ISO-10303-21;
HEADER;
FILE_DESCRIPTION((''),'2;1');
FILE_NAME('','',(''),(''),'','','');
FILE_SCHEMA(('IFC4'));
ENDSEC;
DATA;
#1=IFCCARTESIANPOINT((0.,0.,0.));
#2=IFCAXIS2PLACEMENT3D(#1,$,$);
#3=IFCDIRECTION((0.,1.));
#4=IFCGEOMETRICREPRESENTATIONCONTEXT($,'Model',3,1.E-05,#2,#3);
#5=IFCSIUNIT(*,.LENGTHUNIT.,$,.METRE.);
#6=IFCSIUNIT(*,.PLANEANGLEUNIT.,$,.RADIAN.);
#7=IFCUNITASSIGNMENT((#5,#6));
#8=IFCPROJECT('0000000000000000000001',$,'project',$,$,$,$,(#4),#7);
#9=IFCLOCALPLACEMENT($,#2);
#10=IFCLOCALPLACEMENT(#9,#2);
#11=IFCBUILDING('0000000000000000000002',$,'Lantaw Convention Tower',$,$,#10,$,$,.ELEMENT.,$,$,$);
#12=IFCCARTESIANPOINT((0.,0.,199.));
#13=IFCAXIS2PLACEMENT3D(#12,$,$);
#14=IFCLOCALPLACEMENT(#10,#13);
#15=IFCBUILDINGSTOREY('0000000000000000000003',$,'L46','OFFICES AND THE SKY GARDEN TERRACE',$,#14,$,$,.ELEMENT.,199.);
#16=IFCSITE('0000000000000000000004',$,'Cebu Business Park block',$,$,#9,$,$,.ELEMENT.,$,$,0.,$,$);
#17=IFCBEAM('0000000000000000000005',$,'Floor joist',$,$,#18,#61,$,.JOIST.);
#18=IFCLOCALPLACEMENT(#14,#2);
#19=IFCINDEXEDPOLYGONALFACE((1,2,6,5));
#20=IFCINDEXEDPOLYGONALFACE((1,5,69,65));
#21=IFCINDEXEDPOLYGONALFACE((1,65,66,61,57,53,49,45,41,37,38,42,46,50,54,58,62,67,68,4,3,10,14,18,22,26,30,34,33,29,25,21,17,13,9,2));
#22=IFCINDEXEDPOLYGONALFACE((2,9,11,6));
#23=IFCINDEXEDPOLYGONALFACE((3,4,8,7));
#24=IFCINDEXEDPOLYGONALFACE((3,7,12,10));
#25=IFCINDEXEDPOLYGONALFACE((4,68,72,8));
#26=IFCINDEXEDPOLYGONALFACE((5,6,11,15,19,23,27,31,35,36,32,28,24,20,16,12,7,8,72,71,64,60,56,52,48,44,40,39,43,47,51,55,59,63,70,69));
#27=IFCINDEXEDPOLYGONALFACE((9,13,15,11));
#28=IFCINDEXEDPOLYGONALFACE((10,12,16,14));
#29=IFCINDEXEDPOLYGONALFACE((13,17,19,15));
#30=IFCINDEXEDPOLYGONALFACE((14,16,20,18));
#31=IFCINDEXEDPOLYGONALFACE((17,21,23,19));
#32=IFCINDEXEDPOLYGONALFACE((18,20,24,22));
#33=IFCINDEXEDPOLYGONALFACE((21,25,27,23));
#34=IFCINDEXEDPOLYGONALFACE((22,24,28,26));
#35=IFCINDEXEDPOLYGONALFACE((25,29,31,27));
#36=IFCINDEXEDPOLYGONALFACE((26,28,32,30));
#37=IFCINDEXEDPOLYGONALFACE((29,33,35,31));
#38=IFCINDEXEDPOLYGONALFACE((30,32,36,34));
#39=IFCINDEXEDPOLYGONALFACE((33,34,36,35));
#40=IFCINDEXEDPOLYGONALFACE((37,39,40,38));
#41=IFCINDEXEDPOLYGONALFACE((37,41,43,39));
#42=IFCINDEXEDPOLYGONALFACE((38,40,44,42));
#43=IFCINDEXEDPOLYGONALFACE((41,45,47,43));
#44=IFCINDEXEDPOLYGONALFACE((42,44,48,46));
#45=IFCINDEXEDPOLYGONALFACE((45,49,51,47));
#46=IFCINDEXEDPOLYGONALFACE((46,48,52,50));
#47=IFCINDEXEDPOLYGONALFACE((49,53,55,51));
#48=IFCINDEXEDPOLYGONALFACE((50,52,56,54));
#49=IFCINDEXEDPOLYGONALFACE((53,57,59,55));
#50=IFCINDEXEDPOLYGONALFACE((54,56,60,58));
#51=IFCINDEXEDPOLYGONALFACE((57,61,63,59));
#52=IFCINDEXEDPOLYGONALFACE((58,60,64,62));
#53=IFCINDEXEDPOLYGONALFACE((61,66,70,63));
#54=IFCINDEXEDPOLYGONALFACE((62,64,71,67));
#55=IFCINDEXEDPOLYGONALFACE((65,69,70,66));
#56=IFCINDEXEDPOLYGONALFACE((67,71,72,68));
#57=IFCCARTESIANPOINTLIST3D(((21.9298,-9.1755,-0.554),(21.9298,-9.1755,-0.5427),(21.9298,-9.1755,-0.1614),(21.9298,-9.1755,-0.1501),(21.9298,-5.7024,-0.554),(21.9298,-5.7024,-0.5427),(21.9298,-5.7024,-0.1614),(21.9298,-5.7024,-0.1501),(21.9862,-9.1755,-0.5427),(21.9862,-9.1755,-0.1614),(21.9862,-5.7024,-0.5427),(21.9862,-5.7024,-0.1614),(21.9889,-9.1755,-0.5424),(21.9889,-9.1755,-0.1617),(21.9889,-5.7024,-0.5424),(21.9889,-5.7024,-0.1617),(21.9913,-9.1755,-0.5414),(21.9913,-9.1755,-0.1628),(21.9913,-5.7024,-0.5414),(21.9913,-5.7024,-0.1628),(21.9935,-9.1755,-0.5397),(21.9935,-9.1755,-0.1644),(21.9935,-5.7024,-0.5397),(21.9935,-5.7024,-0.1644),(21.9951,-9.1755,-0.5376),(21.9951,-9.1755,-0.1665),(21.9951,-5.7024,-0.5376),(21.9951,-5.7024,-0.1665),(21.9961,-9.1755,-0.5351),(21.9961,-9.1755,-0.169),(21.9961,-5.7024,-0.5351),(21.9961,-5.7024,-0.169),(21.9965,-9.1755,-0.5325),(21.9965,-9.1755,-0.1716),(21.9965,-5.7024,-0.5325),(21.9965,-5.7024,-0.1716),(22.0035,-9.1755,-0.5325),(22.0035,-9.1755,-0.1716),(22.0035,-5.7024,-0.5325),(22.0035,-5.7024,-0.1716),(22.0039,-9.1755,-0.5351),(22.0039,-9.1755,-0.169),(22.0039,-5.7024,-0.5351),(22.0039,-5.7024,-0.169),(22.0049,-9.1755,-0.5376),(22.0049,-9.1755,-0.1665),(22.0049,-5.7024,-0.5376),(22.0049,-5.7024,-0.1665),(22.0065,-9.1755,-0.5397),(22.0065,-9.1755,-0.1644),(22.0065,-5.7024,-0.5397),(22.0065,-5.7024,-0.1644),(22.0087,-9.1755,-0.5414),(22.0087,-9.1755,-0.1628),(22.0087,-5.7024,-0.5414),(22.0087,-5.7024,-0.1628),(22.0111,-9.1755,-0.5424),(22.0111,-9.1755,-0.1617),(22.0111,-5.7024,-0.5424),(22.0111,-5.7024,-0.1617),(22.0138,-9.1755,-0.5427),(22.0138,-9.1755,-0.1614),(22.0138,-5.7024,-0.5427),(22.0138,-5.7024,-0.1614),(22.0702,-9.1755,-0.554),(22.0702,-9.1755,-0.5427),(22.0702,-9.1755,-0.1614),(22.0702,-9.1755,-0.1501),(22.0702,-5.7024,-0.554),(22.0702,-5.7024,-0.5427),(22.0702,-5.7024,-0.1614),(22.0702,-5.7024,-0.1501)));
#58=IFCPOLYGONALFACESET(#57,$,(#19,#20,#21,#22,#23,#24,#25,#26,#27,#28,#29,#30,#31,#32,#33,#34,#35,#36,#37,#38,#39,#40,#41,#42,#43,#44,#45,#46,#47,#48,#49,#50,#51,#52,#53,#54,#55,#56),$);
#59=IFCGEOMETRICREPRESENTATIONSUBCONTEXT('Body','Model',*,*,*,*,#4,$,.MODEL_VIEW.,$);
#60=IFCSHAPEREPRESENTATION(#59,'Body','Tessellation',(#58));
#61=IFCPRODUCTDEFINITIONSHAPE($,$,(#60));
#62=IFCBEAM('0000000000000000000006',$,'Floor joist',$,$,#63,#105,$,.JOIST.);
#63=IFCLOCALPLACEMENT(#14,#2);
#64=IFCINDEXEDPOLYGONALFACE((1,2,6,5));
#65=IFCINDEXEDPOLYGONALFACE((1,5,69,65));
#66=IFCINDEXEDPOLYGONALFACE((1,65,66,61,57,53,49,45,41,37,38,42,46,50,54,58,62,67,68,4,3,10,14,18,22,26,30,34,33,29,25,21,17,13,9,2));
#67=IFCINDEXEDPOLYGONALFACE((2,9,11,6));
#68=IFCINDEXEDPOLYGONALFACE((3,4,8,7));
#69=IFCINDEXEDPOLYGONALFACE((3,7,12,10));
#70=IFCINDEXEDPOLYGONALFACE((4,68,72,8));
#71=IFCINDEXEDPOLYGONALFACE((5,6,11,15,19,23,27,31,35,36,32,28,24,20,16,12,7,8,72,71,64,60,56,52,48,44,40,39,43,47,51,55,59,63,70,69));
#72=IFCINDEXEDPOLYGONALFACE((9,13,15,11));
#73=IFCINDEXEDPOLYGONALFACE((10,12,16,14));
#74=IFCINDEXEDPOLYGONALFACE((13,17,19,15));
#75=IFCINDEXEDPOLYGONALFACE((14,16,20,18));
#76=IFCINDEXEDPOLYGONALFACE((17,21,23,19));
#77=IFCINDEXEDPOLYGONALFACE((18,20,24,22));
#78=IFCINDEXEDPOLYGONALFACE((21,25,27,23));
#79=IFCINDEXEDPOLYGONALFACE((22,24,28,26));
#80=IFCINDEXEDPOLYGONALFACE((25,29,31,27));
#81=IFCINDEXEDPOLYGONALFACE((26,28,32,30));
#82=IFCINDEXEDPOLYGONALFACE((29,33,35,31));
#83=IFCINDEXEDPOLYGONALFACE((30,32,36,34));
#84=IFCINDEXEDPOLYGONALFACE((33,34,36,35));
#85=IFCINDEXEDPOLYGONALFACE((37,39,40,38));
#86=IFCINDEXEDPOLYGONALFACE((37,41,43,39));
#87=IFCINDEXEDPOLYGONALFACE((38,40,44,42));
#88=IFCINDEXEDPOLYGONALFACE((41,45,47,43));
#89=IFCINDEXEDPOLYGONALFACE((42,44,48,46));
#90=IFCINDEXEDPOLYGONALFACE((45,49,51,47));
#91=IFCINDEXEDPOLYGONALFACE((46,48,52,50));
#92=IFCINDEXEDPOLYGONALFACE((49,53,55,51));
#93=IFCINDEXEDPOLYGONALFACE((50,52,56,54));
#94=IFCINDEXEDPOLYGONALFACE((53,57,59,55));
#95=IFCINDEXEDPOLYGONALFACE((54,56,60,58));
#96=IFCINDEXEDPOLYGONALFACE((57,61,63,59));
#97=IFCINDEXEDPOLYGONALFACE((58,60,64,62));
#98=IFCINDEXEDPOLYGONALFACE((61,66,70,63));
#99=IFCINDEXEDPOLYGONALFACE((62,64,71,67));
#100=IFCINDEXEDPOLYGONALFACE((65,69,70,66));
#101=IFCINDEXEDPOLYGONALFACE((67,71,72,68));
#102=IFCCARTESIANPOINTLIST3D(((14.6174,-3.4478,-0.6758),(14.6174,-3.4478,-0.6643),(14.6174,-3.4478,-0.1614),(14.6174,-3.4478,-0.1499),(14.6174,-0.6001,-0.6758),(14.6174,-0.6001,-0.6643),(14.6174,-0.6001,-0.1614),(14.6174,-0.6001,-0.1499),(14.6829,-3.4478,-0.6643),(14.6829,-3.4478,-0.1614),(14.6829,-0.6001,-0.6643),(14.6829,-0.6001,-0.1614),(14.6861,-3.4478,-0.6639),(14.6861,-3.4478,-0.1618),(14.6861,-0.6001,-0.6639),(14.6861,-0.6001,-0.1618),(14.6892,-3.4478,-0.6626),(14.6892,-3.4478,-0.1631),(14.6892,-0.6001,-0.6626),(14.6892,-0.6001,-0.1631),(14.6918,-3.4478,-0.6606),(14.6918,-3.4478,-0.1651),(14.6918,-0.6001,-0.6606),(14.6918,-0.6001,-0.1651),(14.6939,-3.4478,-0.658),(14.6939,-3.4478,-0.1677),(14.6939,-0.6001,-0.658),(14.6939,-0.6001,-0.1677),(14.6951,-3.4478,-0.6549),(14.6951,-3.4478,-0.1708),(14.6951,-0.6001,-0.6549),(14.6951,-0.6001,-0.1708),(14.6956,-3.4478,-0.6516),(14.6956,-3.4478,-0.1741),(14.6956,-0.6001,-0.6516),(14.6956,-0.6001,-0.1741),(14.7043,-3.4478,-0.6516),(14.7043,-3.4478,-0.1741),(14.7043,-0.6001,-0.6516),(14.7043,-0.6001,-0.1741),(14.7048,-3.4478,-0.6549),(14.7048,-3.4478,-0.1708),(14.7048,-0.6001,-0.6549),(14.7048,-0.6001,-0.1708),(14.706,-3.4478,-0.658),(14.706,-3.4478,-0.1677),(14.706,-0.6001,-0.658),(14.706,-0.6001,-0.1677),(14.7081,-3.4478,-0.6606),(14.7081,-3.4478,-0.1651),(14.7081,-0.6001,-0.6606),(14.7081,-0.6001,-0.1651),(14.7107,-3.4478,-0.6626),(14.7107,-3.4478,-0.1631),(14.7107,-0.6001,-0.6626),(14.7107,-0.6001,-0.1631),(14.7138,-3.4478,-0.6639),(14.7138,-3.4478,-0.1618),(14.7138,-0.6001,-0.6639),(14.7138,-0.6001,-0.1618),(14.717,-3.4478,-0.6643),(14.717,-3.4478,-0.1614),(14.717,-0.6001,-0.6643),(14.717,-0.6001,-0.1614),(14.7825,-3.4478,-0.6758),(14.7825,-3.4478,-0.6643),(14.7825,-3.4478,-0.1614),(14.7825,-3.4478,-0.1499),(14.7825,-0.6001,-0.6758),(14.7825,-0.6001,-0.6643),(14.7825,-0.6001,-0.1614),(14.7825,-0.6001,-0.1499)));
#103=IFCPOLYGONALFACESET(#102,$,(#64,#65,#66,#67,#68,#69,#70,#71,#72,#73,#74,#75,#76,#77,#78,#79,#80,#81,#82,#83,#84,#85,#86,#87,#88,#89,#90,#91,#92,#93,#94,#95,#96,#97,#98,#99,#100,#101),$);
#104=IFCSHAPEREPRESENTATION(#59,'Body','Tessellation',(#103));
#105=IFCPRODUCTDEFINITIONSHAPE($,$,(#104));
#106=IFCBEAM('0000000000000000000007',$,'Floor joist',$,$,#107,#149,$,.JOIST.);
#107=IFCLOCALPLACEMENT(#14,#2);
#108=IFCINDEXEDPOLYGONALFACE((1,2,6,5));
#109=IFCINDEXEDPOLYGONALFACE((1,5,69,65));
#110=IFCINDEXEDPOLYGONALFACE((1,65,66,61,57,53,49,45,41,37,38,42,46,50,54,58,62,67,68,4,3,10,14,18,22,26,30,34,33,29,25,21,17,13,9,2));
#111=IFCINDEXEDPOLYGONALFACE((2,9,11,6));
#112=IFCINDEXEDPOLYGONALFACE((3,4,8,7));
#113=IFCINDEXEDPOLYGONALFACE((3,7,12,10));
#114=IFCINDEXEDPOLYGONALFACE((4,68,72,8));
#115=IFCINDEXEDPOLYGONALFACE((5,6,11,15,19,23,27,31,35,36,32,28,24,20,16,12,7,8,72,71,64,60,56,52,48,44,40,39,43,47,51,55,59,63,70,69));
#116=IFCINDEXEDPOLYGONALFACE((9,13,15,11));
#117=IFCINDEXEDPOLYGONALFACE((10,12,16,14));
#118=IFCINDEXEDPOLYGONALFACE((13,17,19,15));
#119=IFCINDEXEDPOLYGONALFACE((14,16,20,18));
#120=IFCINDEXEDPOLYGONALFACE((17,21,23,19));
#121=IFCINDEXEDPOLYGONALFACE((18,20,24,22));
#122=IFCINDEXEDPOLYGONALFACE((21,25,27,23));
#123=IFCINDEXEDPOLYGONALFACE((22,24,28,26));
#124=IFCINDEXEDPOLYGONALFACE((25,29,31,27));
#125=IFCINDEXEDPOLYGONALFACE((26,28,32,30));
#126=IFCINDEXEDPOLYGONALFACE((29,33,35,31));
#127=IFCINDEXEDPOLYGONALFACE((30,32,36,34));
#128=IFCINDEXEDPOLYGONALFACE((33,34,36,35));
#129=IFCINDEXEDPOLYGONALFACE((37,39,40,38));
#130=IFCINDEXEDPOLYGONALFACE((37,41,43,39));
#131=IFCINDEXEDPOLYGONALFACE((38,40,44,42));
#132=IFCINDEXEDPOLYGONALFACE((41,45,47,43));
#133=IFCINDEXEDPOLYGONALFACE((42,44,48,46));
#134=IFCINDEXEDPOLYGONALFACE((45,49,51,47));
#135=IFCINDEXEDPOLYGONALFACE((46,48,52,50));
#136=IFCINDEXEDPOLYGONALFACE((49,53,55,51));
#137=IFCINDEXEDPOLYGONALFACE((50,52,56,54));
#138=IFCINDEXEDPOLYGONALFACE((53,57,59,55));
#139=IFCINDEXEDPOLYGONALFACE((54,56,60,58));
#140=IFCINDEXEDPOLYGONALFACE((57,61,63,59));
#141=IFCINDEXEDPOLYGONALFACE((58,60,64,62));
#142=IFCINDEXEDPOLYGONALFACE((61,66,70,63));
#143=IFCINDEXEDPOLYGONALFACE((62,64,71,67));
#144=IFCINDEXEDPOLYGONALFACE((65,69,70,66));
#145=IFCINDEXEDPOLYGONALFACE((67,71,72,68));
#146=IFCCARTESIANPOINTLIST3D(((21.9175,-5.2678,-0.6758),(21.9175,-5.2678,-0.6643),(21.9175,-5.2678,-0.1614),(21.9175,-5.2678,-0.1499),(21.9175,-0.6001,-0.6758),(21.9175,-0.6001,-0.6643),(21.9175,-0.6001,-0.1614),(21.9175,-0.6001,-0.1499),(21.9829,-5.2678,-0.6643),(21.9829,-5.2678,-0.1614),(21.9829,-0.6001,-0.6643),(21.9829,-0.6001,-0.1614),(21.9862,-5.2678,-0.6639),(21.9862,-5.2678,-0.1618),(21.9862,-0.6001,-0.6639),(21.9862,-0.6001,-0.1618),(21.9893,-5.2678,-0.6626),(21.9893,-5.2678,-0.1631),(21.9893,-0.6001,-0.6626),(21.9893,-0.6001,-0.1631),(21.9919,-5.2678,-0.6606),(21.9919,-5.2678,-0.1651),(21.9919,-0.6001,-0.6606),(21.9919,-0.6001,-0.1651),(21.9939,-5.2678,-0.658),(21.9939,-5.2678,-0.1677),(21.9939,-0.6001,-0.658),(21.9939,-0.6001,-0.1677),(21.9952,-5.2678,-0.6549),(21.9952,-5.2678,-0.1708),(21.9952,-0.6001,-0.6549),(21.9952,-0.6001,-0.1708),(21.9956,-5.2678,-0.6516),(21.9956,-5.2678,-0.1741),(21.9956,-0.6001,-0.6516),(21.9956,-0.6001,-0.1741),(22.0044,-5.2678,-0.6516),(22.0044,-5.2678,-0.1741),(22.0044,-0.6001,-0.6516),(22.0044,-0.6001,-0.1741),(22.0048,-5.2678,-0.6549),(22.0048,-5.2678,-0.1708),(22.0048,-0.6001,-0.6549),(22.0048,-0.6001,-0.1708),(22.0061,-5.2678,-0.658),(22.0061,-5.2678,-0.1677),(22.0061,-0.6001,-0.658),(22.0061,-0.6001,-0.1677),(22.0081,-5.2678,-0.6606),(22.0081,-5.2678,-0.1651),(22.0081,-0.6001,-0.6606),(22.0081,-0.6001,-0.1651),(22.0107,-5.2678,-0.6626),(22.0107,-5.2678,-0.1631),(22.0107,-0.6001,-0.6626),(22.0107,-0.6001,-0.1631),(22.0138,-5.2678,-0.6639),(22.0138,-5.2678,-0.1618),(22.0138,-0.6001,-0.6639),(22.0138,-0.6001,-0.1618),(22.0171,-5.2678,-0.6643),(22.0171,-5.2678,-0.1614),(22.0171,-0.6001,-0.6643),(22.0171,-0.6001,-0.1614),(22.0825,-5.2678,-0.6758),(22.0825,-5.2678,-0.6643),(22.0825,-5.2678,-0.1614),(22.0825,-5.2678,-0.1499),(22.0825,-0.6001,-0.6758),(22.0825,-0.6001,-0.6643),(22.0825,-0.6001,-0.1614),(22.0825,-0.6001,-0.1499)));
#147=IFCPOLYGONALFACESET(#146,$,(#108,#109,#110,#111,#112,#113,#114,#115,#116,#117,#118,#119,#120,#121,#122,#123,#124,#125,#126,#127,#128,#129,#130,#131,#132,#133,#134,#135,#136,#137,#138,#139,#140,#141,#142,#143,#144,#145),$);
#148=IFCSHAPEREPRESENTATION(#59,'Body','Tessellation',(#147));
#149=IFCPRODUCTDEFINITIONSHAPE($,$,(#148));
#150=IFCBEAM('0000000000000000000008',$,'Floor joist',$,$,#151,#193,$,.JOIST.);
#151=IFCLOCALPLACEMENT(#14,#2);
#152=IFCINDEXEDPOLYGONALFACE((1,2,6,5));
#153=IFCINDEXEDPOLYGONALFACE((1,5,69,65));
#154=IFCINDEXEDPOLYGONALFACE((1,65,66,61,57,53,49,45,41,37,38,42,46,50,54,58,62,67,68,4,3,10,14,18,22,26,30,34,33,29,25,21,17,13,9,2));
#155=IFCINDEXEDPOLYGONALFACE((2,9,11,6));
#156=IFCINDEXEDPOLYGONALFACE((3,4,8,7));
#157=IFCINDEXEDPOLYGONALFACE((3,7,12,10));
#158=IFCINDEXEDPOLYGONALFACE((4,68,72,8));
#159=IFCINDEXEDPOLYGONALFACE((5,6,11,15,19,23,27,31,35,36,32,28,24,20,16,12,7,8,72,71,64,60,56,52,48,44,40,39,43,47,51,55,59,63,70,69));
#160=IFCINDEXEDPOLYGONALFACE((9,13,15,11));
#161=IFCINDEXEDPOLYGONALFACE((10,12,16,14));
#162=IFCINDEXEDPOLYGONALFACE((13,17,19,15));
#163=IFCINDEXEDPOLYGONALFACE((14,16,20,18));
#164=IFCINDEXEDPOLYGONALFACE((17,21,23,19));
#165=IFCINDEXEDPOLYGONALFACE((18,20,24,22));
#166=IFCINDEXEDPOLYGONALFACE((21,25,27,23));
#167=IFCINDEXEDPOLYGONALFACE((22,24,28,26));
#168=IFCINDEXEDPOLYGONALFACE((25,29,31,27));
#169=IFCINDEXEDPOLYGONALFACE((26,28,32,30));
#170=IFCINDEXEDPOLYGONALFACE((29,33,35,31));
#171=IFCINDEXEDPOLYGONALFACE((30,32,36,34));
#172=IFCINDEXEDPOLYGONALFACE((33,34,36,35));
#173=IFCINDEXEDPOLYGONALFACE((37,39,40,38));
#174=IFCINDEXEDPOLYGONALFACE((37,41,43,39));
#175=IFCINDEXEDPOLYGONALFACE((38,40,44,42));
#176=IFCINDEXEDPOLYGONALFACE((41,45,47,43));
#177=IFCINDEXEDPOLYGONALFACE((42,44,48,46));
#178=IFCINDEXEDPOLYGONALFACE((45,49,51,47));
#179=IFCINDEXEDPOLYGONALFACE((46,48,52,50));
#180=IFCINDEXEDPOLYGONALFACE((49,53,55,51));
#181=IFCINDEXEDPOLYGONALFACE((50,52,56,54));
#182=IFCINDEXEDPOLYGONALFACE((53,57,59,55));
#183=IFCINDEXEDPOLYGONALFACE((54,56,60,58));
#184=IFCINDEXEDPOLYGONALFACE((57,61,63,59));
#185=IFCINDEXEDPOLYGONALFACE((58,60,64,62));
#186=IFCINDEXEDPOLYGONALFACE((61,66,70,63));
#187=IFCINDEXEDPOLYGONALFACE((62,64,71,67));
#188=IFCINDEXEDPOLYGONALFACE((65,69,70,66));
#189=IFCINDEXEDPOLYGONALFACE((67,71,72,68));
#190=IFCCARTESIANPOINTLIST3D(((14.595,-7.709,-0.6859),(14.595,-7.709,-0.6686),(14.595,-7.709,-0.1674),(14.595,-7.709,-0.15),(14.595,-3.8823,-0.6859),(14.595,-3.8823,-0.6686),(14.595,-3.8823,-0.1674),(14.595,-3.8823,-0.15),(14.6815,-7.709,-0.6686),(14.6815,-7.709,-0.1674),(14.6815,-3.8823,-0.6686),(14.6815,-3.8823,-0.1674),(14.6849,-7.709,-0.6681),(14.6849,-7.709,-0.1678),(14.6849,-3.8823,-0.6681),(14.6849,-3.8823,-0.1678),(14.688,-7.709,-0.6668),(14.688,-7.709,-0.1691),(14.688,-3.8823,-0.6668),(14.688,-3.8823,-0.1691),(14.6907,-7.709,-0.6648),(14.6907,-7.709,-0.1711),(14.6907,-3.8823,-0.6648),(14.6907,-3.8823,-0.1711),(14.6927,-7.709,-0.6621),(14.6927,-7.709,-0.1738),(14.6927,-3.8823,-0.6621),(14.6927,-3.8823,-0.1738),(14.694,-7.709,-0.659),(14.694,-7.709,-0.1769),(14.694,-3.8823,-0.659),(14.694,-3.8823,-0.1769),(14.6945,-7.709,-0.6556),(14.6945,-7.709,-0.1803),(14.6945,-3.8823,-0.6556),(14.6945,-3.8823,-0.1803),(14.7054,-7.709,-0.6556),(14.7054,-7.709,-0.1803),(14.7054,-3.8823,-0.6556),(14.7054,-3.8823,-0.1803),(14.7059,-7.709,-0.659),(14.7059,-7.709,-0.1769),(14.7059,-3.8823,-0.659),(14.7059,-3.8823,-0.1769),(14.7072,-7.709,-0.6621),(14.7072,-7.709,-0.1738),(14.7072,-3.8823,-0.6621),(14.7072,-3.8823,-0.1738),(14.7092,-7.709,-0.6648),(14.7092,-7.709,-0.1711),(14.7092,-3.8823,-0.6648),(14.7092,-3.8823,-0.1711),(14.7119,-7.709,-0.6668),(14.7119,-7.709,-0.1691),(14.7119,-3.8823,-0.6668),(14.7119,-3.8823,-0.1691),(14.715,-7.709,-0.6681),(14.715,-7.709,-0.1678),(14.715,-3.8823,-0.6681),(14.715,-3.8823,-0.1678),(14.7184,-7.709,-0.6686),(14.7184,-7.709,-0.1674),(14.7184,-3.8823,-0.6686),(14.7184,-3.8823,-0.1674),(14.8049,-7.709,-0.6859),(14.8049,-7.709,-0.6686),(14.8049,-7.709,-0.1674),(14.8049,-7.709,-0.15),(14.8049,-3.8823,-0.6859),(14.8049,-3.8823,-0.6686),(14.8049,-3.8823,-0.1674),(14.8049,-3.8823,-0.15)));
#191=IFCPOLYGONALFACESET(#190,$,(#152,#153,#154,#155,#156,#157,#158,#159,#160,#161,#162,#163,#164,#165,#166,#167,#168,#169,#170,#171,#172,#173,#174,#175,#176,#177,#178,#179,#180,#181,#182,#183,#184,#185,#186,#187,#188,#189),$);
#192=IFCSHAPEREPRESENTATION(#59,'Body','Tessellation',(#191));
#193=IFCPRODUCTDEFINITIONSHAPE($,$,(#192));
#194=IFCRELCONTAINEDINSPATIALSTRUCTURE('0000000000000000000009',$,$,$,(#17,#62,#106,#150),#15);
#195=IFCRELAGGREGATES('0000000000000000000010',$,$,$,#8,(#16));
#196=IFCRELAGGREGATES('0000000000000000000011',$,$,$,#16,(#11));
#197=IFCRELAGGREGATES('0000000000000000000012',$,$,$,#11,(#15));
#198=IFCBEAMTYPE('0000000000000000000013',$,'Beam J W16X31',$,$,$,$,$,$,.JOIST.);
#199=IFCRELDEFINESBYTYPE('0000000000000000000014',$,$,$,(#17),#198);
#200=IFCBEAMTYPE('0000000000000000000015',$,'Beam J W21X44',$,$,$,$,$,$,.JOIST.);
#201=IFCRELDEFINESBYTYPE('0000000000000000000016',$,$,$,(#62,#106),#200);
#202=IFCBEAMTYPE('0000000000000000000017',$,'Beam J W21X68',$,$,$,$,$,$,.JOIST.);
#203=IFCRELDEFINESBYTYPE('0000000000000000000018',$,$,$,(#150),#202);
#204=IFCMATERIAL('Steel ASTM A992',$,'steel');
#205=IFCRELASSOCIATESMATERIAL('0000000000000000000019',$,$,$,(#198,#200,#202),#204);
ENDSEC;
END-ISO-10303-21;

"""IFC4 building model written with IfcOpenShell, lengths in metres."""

from ifc_helpers import new_model, si_unit, direction, frame, origin, origin_2d, place, context, subcontext, project, spatial, i_section, extrude, material, material_profile, profile_set, type_object, element, save


model = new_model("IFC4")

# Units and contexts
model_context = context("Model", 3, precision=1e-05, world=origin(), true_north=direction((0.0, 1.0)))
body_context = subcontext(model_context, "Body", "Model", "MODEL_VIEW")
ifc_project = project(units=[si_unit("LENGTHUNIT", "METRE"), si_unit("PLANEANGLEUNIT", "RADIAN")], contexts=[model_context])

# Site, building, storey
site_placement = place(None, origin())
site = spatial("IfcSite", under=ifc_project, at=site_placement, Name="Cebu Business Park block", CompositionType="ELEMENT", RefElevation=0.0)
building_placement = place(site_placement, origin())
building = spatial("IfcBuilding", under=site, at=building_placement, Name="Lantaw Convention Tower", CompositionType="ELEMENT")
storey_placement = place(building_placement, frame((0.0, 0.0, 199.0)))
storey = spatial("IfcBuildingStorey", under=building, at=storey_placement, Name="L46", Description="OFFICES AND THE SKY GARDEN TERRACE", CompositionType="ELEMENT", Elevation=199.0)

# Beams
ifc_material_1 = material(Name="Steel ASTM A992", Category="steel")
ifc_material_profile_1 = material_profile(ifc_material_1, i_section(OverallWidth=0.1404, OverallDepth=0.4038, WebThickness=0.0071, FlangeThickness=0.0112, FilletRadius=0.0103, at=origin_2d()), Name="W16X31")
ifc_profile_set_1 = profile_set([ifc_material_profile_1], Name="Steel ASTM A992")
beam_type_1 = type_object("IfcBeamType", Name="Beam J W16X31", PredefinedType="JOIST", material=ifc_profile_set_1)
beam_1_placement = place(storey_placement, frame((22.0, -9.1755, -0.3521), z_axis=(0.0, 1.0, 0.0), x_axis=(-1.0, 0.0, 0.0)))
element("IfcBeam", 1, at=beam_1_placement, inside=storey, type_object=beam_type_1, Name="Floor joist", PredefinedType="JOIST", context=body_context, shape_type="SweptSolid", body=[
    extrude(i_section(OverallWidth=0.1404, OverallDepth=0.4038, WebThickness=0.0071, FlangeThickness=0.0112, FilletRadius=0.0103, at=origin_2d()), origin(), (0.0, 0.0, 1.0), 3.4731),
])
ifc_material_profile_2 = material_profile(ifc_material_1, i_section(OverallWidth=0.165, OverallDepth=0.5259, WebThickness=0.0088, FlangeThickness=0.0115, FilletRadius=0.0127, at=origin_2d()), Name="W21X44")
ifc_profile_set_2 = profile_set([ifc_material_profile_2], Name="Steel ASTM A992")
beam_type_2 = type_object("IfcBeamType", Name="Beam J W21X44", PredefinedType="JOIST", material=ifc_profile_set_2)
beam_2_placement = place(storey_placement, frame((14.7, -3.4478, -0.4128), z_axis=(0.0, 1.0, 0.0), x_axis=(-1.0, 0.0, 0.0)))
element("IfcBeam", 2, at=beam_2_placement, inside=storey, type_object=beam_type_2, Name="Floor joist", PredefinedType="JOIST", context=body_context, shape_type="SweptSolid", body=[
    extrude(i_section(OverallWidth=0.165, OverallDepth=0.5259, WebThickness=0.0088, FlangeThickness=0.0115, FilletRadius=0.0127, at=origin_2d()), origin(), (0.0, 0.0, 1.0), 2.8477),
])
beam_3_placement = place(storey_placement, frame((22.0, -5.2678, -0.4128), z_axis=(0.0, 1.0, 0.0), x_axis=(-1.0, 0.0, 0.0)))
element("IfcBeam", 3, at=beam_3_placement, inside=storey, type_object=beam_type_2, Name="Floor joist", PredefinedType="JOIST", context=body_context, shape_type="SweptSolid", body=[
    extrude(i_section(OverallWidth=0.165, OverallDepth=0.5259, WebThickness=0.0088, FlangeThickness=0.0115, FilletRadius=0.0127, at=origin_2d()), origin(), (0.0, 0.0, 1.0), 4.6677),
])
ifc_material_profile_3 = material_profile(ifc_material_1, i_section(OverallWidth=0.21, OverallDepth=0.5359, WebThickness=0.011, FlangeThickness=0.0173, FilletRadius=0.0129, at=origin_2d()), Name="W21X68")
ifc_profile_set_3 = profile_set([ifc_material_profile_3], Name="Steel ASTM A992")
beam_type_3 = type_object("IfcBeamType", Name="Beam J W21X68", PredefinedType="JOIST", material=ifc_profile_set_3)
beam_4_placement = place(storey_placement, frame((14.7, -7.709, -0.418), z_axis=(0.0, 1.0, 0.0), x_axis=(-1.0, 0.0, 0.0)))
element("IfcBeam", 4, at=beam_4_placement, inside=storey, type_object=beam_type_3, Name="Floor joist", PredefinedType="JOIST", context=body_context, shape_type="SweptSolid", body=[
    extrude(i_section(OverallWidth=0.21, OverallDepth=0.5359, WebThickness=0.011, FlangeThickness=0.0173, FilletRadius=0.0129, at=origin_2d()), origin(), (0.0, 0.0, 1.0), 3.8267),
])

save(model, "model.ifc")
